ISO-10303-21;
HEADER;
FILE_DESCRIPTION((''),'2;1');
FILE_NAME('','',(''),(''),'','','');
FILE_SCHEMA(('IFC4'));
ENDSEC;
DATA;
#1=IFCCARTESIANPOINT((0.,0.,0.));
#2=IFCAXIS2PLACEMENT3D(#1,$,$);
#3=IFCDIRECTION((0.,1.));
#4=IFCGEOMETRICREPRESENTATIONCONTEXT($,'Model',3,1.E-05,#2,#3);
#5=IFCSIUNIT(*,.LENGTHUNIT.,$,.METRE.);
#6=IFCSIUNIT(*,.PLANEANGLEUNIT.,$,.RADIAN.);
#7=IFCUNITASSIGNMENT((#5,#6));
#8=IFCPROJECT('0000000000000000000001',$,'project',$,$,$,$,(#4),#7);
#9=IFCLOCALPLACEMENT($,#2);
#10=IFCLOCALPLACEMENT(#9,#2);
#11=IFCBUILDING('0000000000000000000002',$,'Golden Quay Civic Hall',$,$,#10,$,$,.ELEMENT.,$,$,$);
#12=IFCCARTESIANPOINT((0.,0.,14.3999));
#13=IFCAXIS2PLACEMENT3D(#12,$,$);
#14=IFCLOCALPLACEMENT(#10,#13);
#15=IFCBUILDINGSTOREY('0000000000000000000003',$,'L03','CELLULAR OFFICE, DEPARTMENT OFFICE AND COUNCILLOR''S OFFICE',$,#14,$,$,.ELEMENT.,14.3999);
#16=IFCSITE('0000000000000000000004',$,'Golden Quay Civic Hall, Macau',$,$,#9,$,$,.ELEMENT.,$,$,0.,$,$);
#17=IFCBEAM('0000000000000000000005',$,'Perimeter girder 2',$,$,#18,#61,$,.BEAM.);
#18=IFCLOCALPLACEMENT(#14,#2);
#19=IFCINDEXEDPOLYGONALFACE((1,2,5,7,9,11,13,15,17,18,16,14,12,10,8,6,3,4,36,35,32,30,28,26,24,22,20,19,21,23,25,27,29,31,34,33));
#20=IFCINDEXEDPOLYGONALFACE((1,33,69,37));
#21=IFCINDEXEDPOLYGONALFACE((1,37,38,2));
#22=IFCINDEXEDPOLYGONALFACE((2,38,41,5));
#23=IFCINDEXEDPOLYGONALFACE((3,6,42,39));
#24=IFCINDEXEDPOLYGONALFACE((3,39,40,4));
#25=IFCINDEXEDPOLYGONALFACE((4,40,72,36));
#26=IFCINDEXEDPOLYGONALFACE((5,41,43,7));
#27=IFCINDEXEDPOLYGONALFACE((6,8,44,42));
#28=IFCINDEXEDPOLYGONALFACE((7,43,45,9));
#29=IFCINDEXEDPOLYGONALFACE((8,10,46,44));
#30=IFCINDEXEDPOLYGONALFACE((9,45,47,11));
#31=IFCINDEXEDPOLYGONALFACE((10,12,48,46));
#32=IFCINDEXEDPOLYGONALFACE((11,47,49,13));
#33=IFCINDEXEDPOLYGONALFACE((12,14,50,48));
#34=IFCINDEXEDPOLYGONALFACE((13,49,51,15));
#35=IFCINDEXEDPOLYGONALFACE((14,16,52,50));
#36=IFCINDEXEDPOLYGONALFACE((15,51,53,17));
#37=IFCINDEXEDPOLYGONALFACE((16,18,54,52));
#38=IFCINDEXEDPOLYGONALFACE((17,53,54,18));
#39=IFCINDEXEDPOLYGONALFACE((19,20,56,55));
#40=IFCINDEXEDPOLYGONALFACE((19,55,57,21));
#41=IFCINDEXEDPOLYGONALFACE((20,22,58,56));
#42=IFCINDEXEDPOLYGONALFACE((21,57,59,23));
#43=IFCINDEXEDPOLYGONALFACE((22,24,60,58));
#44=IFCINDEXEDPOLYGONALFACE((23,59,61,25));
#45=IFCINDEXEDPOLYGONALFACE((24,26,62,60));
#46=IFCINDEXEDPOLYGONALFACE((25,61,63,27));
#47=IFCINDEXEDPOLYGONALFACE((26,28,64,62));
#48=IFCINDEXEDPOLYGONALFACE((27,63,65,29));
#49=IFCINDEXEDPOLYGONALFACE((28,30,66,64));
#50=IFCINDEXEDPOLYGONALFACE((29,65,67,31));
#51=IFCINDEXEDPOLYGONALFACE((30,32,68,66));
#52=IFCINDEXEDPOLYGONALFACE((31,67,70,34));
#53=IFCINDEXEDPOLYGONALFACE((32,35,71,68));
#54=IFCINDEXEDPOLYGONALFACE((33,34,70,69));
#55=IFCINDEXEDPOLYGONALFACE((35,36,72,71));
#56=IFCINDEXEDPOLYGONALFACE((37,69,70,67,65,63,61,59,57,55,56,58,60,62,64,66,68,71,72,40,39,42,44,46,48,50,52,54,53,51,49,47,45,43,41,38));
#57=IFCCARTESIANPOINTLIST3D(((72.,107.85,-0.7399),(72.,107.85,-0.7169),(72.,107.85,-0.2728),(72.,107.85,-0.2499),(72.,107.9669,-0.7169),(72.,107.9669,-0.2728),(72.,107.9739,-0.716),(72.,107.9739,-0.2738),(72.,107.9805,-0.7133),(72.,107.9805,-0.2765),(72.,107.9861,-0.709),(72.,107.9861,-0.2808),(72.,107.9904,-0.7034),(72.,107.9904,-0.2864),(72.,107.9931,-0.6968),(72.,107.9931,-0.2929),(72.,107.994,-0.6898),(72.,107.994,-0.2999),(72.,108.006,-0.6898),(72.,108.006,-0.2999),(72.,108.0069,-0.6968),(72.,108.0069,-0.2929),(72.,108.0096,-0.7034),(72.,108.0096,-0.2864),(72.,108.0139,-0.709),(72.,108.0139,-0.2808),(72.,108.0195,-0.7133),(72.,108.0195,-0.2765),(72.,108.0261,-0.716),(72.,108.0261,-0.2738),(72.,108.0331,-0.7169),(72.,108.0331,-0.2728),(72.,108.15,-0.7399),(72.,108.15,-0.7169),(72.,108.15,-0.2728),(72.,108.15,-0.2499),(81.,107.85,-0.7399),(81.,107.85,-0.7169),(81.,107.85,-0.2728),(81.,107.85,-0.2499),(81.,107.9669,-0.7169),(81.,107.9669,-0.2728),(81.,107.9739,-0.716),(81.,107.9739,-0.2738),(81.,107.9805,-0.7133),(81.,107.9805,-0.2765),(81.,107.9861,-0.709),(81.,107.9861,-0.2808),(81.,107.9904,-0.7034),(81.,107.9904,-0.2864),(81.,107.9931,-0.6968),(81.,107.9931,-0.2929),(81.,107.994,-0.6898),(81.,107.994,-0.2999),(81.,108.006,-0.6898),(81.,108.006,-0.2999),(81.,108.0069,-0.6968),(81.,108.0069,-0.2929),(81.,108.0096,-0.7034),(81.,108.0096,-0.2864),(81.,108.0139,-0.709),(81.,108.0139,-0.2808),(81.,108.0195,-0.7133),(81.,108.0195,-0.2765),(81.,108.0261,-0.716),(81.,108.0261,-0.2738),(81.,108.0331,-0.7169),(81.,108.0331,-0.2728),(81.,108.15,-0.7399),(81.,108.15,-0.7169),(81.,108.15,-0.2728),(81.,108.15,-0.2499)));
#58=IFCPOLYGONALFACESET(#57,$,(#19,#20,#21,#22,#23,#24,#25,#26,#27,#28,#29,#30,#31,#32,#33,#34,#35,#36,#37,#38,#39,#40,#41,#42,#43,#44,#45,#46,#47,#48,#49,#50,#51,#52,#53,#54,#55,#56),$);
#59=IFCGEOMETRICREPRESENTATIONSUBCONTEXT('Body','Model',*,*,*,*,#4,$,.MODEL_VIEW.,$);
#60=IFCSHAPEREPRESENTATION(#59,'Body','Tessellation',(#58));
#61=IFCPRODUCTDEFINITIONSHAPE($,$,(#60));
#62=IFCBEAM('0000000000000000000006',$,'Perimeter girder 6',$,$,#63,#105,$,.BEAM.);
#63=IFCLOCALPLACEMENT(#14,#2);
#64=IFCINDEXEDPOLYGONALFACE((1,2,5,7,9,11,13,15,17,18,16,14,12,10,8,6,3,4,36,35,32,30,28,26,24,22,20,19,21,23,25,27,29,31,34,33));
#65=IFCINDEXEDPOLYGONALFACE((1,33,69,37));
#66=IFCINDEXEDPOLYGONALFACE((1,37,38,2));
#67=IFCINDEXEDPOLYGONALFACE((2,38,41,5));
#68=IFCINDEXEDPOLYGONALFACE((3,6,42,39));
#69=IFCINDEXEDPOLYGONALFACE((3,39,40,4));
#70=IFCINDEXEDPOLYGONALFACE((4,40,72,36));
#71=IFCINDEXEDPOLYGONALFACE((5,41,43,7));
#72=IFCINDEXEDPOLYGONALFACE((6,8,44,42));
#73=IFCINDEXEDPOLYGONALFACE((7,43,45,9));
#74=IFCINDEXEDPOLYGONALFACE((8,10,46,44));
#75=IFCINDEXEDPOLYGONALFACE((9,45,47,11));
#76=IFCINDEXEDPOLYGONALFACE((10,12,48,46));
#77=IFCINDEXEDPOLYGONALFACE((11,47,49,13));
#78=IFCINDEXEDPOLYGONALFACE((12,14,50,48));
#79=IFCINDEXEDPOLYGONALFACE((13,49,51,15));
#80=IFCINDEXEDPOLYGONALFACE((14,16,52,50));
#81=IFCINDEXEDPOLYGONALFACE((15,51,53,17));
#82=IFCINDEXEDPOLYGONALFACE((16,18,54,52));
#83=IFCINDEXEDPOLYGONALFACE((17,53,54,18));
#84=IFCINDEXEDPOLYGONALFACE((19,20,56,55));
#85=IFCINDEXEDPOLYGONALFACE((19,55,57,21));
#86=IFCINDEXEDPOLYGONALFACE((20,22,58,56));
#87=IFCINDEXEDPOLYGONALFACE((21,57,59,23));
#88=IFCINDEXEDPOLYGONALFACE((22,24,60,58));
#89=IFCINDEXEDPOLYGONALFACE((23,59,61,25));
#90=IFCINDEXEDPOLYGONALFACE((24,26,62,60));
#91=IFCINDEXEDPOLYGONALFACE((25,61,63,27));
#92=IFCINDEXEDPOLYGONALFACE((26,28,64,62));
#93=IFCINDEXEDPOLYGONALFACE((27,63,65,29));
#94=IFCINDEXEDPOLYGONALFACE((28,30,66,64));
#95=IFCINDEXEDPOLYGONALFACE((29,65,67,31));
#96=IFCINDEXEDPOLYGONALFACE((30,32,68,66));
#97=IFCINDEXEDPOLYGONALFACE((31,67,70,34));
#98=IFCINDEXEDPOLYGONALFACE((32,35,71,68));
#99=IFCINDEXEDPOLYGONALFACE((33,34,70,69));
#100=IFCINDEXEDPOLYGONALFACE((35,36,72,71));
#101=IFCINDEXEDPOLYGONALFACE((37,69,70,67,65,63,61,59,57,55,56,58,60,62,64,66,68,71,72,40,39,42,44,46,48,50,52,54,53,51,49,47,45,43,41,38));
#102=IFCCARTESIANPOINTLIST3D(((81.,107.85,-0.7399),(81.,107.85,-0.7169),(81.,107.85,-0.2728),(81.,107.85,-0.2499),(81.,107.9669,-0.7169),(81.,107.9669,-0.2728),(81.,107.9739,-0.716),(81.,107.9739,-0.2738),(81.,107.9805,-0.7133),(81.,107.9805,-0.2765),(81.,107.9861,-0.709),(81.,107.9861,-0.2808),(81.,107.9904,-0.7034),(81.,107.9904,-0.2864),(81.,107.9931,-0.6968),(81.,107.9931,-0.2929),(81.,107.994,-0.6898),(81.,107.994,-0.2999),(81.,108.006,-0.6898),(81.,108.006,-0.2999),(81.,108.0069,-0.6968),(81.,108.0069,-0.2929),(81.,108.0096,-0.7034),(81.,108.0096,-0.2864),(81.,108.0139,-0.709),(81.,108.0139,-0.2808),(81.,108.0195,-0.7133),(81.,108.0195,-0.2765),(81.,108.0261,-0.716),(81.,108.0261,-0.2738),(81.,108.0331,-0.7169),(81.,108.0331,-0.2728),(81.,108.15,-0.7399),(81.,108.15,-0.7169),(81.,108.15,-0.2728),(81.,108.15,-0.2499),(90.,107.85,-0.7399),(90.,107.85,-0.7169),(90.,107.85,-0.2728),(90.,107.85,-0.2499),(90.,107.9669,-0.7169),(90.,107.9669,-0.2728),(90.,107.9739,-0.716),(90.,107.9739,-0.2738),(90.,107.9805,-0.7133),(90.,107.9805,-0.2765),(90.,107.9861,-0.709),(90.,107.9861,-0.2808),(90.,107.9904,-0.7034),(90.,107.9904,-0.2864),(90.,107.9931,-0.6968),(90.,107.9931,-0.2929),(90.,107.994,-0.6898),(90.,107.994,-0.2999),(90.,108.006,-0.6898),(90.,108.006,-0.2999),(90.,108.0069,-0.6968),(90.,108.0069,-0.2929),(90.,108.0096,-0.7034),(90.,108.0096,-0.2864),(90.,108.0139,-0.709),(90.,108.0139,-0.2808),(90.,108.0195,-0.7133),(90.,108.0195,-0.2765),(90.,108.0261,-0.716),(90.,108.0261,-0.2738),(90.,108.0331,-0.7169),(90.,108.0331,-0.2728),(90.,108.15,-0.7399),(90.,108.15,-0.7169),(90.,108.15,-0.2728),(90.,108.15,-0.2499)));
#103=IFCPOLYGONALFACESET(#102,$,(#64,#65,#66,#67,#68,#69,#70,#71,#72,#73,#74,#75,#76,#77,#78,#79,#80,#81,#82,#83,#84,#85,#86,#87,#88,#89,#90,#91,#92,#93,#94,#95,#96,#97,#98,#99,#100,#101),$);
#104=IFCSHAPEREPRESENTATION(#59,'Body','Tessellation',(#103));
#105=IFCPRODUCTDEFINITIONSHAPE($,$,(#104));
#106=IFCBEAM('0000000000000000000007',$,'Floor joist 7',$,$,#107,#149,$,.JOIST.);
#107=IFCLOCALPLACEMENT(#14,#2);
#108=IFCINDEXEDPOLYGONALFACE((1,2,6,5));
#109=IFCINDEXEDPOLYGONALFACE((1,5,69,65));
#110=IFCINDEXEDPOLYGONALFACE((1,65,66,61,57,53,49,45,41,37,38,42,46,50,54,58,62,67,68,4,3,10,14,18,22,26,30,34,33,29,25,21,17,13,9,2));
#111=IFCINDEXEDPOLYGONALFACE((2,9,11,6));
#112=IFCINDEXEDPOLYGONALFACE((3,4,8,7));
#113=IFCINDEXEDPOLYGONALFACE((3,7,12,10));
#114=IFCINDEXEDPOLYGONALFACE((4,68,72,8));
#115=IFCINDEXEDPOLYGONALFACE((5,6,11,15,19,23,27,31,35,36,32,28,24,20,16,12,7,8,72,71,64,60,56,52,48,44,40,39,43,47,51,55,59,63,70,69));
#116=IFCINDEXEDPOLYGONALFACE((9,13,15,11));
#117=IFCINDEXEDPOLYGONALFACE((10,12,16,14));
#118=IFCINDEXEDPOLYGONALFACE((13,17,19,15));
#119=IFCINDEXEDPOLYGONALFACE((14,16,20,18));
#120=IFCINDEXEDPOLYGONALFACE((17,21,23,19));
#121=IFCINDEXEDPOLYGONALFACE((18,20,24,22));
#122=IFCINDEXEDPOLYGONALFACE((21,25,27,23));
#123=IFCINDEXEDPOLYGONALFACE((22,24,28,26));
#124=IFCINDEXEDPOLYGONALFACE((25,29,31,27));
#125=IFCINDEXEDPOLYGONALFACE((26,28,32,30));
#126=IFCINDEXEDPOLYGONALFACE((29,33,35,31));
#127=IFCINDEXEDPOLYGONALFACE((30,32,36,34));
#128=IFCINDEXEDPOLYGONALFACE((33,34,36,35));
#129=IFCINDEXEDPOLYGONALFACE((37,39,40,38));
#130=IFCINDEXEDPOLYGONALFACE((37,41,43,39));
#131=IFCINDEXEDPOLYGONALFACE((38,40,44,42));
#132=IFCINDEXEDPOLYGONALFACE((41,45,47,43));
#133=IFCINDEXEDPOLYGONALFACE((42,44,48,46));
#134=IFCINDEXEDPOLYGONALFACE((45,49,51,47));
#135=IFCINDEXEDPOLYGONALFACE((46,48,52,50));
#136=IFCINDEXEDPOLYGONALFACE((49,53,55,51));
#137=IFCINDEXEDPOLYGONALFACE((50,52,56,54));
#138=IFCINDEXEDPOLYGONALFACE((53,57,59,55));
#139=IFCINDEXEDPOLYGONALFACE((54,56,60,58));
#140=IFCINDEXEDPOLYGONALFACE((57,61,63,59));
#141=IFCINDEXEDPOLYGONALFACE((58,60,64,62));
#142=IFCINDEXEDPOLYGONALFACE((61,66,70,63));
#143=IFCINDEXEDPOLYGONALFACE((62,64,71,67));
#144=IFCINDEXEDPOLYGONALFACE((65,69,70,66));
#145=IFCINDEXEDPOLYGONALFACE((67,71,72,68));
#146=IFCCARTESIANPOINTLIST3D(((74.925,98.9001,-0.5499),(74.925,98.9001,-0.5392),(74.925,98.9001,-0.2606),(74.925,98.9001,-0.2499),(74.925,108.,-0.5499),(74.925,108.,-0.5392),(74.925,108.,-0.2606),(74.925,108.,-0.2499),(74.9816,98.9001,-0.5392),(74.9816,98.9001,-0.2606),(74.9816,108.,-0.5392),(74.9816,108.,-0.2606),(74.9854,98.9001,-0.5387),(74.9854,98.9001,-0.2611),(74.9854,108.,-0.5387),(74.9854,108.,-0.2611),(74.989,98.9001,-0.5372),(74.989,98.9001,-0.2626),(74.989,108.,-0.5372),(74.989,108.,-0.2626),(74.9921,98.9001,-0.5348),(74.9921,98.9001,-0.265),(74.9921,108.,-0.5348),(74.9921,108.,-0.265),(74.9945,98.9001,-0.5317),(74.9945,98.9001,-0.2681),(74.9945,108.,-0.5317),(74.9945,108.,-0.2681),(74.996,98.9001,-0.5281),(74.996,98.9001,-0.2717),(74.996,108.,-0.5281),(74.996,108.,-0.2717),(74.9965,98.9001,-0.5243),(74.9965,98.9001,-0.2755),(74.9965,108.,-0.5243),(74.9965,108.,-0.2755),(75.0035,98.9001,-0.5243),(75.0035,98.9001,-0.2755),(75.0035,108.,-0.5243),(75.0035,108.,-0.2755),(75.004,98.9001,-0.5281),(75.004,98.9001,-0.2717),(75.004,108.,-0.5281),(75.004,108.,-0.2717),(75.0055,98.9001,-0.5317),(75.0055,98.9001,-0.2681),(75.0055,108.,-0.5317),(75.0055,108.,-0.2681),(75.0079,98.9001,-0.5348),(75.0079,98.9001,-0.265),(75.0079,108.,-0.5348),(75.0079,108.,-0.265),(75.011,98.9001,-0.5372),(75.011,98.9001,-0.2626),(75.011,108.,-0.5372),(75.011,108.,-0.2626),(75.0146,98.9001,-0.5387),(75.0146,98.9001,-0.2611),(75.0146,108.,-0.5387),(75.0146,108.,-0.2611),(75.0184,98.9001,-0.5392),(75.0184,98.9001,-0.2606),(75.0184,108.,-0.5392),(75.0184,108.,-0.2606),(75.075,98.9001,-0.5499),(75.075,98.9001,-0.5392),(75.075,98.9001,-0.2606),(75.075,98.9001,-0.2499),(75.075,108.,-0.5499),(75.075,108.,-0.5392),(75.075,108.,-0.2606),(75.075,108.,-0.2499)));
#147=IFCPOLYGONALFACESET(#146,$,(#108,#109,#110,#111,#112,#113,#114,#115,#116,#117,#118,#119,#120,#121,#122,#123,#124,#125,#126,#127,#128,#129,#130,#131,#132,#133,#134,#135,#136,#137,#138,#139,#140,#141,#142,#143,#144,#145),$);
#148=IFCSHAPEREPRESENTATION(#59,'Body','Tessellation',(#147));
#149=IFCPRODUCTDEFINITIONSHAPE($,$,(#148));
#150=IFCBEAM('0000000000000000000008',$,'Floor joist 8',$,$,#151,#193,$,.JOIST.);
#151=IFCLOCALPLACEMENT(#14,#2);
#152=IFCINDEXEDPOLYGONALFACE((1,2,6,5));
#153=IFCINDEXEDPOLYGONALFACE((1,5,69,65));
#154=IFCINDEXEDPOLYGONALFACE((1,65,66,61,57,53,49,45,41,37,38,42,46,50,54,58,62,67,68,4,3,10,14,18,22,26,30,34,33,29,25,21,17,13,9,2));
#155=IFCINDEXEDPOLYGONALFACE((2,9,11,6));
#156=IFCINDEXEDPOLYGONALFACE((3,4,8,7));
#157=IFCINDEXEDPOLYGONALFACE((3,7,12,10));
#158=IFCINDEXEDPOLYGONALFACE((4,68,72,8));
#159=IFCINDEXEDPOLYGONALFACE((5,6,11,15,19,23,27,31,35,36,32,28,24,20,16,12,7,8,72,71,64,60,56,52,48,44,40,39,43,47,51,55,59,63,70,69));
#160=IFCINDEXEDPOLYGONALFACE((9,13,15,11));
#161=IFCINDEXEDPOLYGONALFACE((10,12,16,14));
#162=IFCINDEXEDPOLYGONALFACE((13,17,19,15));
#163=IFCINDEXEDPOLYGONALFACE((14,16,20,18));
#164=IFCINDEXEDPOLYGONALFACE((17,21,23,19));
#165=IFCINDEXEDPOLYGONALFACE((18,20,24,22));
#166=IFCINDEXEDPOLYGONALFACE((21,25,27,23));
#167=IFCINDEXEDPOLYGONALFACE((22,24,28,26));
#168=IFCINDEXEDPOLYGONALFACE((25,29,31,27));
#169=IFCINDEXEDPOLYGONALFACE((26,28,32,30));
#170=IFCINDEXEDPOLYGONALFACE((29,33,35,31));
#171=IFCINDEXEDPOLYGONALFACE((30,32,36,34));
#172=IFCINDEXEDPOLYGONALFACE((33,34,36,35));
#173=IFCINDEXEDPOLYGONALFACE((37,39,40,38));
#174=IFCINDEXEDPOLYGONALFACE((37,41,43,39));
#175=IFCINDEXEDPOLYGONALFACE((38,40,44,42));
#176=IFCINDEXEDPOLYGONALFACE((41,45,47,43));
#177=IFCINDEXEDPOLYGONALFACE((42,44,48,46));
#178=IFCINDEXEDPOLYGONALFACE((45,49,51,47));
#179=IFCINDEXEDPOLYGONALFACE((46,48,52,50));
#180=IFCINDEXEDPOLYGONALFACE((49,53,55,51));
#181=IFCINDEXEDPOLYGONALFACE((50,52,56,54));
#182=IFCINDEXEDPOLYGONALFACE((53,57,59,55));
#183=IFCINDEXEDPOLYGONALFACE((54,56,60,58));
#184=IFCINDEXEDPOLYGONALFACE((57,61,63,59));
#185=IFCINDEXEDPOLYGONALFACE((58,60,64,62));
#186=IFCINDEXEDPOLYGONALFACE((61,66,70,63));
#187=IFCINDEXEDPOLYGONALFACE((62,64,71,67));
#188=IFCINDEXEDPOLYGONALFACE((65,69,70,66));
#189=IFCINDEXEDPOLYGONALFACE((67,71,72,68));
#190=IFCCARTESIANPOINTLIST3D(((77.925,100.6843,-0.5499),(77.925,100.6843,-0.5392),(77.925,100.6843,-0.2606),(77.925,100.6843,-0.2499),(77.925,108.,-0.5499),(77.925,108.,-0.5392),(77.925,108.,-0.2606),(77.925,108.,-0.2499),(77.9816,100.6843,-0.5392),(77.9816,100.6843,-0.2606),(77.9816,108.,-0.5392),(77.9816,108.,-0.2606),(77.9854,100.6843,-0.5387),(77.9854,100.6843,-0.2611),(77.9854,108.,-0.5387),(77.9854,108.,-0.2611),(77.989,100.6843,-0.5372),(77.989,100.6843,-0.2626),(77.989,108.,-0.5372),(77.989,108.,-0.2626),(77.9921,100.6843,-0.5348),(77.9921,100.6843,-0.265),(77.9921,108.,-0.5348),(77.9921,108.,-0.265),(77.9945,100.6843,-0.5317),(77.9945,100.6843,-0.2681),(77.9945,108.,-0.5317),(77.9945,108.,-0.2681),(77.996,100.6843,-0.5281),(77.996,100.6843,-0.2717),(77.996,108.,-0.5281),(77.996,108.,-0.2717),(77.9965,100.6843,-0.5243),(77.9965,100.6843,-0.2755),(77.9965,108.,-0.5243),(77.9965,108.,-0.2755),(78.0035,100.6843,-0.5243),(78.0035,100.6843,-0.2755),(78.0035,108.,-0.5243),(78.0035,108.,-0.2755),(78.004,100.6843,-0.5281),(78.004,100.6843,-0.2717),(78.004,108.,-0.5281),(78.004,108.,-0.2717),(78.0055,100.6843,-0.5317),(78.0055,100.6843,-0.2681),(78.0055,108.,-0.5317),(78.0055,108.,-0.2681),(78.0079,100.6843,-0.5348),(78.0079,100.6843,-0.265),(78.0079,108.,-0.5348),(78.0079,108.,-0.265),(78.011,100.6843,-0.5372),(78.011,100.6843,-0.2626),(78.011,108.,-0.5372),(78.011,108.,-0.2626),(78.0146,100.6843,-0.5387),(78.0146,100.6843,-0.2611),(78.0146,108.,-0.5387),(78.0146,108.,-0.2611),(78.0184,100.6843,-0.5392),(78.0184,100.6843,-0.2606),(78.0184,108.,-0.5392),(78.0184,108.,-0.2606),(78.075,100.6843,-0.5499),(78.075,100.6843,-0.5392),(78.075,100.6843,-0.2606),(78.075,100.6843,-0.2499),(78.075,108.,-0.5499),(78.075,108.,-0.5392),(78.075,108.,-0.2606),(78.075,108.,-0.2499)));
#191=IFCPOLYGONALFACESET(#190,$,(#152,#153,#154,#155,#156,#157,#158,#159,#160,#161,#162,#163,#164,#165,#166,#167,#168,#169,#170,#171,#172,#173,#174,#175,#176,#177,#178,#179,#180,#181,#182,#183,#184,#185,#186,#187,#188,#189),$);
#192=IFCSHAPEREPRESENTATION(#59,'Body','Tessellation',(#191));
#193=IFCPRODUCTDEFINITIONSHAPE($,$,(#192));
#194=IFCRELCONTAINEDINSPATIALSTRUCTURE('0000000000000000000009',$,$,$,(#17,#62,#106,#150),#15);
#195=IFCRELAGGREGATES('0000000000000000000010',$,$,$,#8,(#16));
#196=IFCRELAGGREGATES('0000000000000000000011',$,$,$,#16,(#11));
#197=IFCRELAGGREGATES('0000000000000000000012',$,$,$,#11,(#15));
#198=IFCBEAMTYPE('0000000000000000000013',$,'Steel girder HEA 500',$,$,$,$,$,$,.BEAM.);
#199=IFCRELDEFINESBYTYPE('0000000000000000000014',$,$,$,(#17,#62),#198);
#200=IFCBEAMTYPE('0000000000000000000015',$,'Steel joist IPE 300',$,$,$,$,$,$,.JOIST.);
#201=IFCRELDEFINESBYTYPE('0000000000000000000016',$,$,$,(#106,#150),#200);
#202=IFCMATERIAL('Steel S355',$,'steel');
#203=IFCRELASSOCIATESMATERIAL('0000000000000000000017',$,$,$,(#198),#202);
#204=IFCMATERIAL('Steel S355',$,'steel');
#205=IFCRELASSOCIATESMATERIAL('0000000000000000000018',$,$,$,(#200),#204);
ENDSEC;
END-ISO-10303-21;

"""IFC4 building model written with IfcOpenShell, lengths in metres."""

from ifc_helpers import new_model, si_unit, direction, frame, origin, origin_2d, place, context, subcontext, project, spatial, i_section, extrude, material, material_profile, profile_set, type_object, element, save


model = new_model("IFC4")

# Units and contexts
model_context = context("Model", 3, precision=1e-05, world=origin(), true_north=direction((0.0, 1.0)))
body_context = subcontext(model_context, "Body", "Model", "MODEL_VIEW")
ifc_project = project(units=[si_unit("LENGTHUNIT", "METRE"), si_unit("PLANEANGLEUNIT", "RADIAN")], contexts=[model_context])

# Site, building, storey
site_placement = place(None, origin())
site = spatial("IfcSite", under=ifc_project, at=site_placement, Name="Golden Quay Civic Hall, Macau", CompositionType="ELEMENT", RefElevation=0.0)
building_placement = place(site_placement, origin())
building = spatial("IfcBuilding", under=site, at=building_placement, Name="Golden Quay Civic Hall", CompositionType="ELEMENT")
storey_placement = place(building_placement, frame((0.0, 0.0, 14.3999)))
storey = spatial("IfcBuildingStorey", under=building, at=storey_placement, Name="L03", Description="CELLULAR OFFICE, DEPARTMENT OFFICE AND COUNCILLOR'S OFFICE", CompositionType="ELEMENT", Elevation=14.3999)

# Beams
ifc_material_1 = material(Name="Steel S355", Category="steel")
ifc_material_profile_1 = material_profile(ifc_material_1, i_section(OverallWidth=0.3, OverallDepth=0.49, WebThickness=0.012, FlangeThickness=0.0229, FilletRadius=0.0271, at=origin_2d()), Name="HEA 500")
ifc_profile_set_1 = profile_set([ifc_material_profile_1], Name="Steel S355")
beam_type_1 = type_object("IfcBeamType", Name="Steel girder HEA 500", PredefinedType="BEAM", material=ifc_profile_set_1)
for number, where, z_axis, x_axis, name in (
    (1, (72.0, 108.0, -0.4949), (1.0, 0.0, 0.0), (0.0, 1.0, 0.0), "Perimeter girder 2"),
    (2, (81.0, 108.0, -0.4949), (1.0, 0.0, 0.0), (0.0, 1.0, 0.0), "Perimeter girder 6"),
):
    element("IfcBeam", number, at=place(storey_placement, frame(where, z_axis=z_axis, x_axis=x_axis)), inside=storey, type_object=beam_type_1, Name=name, PredefinedType="BEAM", context=body_context, shape_type="SweptSolid", body=[
        extrude(i_section(OverallWidth=0.3, OverallDepth=0.49, WebThickness=0.012, FlangeThickness=0.0229, FilletRadius=0.0271, at=origin_2d()), origin(), (0.0, 0.0, 1.0), 9.0),
    ])
ifc_material_2 = material(Name="Steel S355", Category="steel")
ifc_material_profile_2 = material_profile(ifc_material_2, i_section(OverallWidth=0.1499, OverallDepth=0.3, WebThickness=0.0071, FlangeThickness=0.0107, FilletRadius=0.0149, at=origin_2d()), Name="IPE 300")
ifc_profile_set_2 = profile_set([ifc_material_profile_2], Name="Steel S355")
beam_type_2 = type_object("IfcBeamType", Name="Steel joist IPE 300", PredefinedType="JOIST", material=ifc_profile_set_2)
beam_1_placement = place(storey_placement, frame((75.0, 108.0, -0.3999), z_axis=(0.0, -1.0, 0.0), x_axis=(1.0, 0.0, 0.0)))
element("IfcBeam", 3, at=beam_1_placement, inside=storey, type_object=beam_type_2, Name="Floor joist 7", PredefinedType="JOIST", context=body_context, shape_type="SweptSolid", body=[
    extrude(i_section(OverallWidth=0.1499, OverallDepth=0.3, WebThickness=0.0071, FlangeThickness=0.0107, FilletRadius=0.0149, at=origin_2d()), origin(), (0.0, 0.0, 1.0), 9.0999),
])
beam_2_placement = place(storey_placement, frame((78.0, 108.0, -0.3999), z_axis=(0.0, -1.0, 0.0), x_axis=(1.0, 0.0, 0.0)))
element("IfcBeam", 4, at=beam_2_placement, inside=storey, type_object=beam_type_2, Name="Floor joist 8", PredefinedType="JOIST", context=body_context, shape_type="SweptSolid", body=[
    extrude(i_section(OverallWidth=0.1499, OverallDepth=0.3, WebThickness=0.0071, FlangeThickness=0.0107, FilletRadius=0.0149, at=origin_2d()), origin(), (0.0, 0.0, 1.0), 7.3157),
])

save(model, "model.ifc")
